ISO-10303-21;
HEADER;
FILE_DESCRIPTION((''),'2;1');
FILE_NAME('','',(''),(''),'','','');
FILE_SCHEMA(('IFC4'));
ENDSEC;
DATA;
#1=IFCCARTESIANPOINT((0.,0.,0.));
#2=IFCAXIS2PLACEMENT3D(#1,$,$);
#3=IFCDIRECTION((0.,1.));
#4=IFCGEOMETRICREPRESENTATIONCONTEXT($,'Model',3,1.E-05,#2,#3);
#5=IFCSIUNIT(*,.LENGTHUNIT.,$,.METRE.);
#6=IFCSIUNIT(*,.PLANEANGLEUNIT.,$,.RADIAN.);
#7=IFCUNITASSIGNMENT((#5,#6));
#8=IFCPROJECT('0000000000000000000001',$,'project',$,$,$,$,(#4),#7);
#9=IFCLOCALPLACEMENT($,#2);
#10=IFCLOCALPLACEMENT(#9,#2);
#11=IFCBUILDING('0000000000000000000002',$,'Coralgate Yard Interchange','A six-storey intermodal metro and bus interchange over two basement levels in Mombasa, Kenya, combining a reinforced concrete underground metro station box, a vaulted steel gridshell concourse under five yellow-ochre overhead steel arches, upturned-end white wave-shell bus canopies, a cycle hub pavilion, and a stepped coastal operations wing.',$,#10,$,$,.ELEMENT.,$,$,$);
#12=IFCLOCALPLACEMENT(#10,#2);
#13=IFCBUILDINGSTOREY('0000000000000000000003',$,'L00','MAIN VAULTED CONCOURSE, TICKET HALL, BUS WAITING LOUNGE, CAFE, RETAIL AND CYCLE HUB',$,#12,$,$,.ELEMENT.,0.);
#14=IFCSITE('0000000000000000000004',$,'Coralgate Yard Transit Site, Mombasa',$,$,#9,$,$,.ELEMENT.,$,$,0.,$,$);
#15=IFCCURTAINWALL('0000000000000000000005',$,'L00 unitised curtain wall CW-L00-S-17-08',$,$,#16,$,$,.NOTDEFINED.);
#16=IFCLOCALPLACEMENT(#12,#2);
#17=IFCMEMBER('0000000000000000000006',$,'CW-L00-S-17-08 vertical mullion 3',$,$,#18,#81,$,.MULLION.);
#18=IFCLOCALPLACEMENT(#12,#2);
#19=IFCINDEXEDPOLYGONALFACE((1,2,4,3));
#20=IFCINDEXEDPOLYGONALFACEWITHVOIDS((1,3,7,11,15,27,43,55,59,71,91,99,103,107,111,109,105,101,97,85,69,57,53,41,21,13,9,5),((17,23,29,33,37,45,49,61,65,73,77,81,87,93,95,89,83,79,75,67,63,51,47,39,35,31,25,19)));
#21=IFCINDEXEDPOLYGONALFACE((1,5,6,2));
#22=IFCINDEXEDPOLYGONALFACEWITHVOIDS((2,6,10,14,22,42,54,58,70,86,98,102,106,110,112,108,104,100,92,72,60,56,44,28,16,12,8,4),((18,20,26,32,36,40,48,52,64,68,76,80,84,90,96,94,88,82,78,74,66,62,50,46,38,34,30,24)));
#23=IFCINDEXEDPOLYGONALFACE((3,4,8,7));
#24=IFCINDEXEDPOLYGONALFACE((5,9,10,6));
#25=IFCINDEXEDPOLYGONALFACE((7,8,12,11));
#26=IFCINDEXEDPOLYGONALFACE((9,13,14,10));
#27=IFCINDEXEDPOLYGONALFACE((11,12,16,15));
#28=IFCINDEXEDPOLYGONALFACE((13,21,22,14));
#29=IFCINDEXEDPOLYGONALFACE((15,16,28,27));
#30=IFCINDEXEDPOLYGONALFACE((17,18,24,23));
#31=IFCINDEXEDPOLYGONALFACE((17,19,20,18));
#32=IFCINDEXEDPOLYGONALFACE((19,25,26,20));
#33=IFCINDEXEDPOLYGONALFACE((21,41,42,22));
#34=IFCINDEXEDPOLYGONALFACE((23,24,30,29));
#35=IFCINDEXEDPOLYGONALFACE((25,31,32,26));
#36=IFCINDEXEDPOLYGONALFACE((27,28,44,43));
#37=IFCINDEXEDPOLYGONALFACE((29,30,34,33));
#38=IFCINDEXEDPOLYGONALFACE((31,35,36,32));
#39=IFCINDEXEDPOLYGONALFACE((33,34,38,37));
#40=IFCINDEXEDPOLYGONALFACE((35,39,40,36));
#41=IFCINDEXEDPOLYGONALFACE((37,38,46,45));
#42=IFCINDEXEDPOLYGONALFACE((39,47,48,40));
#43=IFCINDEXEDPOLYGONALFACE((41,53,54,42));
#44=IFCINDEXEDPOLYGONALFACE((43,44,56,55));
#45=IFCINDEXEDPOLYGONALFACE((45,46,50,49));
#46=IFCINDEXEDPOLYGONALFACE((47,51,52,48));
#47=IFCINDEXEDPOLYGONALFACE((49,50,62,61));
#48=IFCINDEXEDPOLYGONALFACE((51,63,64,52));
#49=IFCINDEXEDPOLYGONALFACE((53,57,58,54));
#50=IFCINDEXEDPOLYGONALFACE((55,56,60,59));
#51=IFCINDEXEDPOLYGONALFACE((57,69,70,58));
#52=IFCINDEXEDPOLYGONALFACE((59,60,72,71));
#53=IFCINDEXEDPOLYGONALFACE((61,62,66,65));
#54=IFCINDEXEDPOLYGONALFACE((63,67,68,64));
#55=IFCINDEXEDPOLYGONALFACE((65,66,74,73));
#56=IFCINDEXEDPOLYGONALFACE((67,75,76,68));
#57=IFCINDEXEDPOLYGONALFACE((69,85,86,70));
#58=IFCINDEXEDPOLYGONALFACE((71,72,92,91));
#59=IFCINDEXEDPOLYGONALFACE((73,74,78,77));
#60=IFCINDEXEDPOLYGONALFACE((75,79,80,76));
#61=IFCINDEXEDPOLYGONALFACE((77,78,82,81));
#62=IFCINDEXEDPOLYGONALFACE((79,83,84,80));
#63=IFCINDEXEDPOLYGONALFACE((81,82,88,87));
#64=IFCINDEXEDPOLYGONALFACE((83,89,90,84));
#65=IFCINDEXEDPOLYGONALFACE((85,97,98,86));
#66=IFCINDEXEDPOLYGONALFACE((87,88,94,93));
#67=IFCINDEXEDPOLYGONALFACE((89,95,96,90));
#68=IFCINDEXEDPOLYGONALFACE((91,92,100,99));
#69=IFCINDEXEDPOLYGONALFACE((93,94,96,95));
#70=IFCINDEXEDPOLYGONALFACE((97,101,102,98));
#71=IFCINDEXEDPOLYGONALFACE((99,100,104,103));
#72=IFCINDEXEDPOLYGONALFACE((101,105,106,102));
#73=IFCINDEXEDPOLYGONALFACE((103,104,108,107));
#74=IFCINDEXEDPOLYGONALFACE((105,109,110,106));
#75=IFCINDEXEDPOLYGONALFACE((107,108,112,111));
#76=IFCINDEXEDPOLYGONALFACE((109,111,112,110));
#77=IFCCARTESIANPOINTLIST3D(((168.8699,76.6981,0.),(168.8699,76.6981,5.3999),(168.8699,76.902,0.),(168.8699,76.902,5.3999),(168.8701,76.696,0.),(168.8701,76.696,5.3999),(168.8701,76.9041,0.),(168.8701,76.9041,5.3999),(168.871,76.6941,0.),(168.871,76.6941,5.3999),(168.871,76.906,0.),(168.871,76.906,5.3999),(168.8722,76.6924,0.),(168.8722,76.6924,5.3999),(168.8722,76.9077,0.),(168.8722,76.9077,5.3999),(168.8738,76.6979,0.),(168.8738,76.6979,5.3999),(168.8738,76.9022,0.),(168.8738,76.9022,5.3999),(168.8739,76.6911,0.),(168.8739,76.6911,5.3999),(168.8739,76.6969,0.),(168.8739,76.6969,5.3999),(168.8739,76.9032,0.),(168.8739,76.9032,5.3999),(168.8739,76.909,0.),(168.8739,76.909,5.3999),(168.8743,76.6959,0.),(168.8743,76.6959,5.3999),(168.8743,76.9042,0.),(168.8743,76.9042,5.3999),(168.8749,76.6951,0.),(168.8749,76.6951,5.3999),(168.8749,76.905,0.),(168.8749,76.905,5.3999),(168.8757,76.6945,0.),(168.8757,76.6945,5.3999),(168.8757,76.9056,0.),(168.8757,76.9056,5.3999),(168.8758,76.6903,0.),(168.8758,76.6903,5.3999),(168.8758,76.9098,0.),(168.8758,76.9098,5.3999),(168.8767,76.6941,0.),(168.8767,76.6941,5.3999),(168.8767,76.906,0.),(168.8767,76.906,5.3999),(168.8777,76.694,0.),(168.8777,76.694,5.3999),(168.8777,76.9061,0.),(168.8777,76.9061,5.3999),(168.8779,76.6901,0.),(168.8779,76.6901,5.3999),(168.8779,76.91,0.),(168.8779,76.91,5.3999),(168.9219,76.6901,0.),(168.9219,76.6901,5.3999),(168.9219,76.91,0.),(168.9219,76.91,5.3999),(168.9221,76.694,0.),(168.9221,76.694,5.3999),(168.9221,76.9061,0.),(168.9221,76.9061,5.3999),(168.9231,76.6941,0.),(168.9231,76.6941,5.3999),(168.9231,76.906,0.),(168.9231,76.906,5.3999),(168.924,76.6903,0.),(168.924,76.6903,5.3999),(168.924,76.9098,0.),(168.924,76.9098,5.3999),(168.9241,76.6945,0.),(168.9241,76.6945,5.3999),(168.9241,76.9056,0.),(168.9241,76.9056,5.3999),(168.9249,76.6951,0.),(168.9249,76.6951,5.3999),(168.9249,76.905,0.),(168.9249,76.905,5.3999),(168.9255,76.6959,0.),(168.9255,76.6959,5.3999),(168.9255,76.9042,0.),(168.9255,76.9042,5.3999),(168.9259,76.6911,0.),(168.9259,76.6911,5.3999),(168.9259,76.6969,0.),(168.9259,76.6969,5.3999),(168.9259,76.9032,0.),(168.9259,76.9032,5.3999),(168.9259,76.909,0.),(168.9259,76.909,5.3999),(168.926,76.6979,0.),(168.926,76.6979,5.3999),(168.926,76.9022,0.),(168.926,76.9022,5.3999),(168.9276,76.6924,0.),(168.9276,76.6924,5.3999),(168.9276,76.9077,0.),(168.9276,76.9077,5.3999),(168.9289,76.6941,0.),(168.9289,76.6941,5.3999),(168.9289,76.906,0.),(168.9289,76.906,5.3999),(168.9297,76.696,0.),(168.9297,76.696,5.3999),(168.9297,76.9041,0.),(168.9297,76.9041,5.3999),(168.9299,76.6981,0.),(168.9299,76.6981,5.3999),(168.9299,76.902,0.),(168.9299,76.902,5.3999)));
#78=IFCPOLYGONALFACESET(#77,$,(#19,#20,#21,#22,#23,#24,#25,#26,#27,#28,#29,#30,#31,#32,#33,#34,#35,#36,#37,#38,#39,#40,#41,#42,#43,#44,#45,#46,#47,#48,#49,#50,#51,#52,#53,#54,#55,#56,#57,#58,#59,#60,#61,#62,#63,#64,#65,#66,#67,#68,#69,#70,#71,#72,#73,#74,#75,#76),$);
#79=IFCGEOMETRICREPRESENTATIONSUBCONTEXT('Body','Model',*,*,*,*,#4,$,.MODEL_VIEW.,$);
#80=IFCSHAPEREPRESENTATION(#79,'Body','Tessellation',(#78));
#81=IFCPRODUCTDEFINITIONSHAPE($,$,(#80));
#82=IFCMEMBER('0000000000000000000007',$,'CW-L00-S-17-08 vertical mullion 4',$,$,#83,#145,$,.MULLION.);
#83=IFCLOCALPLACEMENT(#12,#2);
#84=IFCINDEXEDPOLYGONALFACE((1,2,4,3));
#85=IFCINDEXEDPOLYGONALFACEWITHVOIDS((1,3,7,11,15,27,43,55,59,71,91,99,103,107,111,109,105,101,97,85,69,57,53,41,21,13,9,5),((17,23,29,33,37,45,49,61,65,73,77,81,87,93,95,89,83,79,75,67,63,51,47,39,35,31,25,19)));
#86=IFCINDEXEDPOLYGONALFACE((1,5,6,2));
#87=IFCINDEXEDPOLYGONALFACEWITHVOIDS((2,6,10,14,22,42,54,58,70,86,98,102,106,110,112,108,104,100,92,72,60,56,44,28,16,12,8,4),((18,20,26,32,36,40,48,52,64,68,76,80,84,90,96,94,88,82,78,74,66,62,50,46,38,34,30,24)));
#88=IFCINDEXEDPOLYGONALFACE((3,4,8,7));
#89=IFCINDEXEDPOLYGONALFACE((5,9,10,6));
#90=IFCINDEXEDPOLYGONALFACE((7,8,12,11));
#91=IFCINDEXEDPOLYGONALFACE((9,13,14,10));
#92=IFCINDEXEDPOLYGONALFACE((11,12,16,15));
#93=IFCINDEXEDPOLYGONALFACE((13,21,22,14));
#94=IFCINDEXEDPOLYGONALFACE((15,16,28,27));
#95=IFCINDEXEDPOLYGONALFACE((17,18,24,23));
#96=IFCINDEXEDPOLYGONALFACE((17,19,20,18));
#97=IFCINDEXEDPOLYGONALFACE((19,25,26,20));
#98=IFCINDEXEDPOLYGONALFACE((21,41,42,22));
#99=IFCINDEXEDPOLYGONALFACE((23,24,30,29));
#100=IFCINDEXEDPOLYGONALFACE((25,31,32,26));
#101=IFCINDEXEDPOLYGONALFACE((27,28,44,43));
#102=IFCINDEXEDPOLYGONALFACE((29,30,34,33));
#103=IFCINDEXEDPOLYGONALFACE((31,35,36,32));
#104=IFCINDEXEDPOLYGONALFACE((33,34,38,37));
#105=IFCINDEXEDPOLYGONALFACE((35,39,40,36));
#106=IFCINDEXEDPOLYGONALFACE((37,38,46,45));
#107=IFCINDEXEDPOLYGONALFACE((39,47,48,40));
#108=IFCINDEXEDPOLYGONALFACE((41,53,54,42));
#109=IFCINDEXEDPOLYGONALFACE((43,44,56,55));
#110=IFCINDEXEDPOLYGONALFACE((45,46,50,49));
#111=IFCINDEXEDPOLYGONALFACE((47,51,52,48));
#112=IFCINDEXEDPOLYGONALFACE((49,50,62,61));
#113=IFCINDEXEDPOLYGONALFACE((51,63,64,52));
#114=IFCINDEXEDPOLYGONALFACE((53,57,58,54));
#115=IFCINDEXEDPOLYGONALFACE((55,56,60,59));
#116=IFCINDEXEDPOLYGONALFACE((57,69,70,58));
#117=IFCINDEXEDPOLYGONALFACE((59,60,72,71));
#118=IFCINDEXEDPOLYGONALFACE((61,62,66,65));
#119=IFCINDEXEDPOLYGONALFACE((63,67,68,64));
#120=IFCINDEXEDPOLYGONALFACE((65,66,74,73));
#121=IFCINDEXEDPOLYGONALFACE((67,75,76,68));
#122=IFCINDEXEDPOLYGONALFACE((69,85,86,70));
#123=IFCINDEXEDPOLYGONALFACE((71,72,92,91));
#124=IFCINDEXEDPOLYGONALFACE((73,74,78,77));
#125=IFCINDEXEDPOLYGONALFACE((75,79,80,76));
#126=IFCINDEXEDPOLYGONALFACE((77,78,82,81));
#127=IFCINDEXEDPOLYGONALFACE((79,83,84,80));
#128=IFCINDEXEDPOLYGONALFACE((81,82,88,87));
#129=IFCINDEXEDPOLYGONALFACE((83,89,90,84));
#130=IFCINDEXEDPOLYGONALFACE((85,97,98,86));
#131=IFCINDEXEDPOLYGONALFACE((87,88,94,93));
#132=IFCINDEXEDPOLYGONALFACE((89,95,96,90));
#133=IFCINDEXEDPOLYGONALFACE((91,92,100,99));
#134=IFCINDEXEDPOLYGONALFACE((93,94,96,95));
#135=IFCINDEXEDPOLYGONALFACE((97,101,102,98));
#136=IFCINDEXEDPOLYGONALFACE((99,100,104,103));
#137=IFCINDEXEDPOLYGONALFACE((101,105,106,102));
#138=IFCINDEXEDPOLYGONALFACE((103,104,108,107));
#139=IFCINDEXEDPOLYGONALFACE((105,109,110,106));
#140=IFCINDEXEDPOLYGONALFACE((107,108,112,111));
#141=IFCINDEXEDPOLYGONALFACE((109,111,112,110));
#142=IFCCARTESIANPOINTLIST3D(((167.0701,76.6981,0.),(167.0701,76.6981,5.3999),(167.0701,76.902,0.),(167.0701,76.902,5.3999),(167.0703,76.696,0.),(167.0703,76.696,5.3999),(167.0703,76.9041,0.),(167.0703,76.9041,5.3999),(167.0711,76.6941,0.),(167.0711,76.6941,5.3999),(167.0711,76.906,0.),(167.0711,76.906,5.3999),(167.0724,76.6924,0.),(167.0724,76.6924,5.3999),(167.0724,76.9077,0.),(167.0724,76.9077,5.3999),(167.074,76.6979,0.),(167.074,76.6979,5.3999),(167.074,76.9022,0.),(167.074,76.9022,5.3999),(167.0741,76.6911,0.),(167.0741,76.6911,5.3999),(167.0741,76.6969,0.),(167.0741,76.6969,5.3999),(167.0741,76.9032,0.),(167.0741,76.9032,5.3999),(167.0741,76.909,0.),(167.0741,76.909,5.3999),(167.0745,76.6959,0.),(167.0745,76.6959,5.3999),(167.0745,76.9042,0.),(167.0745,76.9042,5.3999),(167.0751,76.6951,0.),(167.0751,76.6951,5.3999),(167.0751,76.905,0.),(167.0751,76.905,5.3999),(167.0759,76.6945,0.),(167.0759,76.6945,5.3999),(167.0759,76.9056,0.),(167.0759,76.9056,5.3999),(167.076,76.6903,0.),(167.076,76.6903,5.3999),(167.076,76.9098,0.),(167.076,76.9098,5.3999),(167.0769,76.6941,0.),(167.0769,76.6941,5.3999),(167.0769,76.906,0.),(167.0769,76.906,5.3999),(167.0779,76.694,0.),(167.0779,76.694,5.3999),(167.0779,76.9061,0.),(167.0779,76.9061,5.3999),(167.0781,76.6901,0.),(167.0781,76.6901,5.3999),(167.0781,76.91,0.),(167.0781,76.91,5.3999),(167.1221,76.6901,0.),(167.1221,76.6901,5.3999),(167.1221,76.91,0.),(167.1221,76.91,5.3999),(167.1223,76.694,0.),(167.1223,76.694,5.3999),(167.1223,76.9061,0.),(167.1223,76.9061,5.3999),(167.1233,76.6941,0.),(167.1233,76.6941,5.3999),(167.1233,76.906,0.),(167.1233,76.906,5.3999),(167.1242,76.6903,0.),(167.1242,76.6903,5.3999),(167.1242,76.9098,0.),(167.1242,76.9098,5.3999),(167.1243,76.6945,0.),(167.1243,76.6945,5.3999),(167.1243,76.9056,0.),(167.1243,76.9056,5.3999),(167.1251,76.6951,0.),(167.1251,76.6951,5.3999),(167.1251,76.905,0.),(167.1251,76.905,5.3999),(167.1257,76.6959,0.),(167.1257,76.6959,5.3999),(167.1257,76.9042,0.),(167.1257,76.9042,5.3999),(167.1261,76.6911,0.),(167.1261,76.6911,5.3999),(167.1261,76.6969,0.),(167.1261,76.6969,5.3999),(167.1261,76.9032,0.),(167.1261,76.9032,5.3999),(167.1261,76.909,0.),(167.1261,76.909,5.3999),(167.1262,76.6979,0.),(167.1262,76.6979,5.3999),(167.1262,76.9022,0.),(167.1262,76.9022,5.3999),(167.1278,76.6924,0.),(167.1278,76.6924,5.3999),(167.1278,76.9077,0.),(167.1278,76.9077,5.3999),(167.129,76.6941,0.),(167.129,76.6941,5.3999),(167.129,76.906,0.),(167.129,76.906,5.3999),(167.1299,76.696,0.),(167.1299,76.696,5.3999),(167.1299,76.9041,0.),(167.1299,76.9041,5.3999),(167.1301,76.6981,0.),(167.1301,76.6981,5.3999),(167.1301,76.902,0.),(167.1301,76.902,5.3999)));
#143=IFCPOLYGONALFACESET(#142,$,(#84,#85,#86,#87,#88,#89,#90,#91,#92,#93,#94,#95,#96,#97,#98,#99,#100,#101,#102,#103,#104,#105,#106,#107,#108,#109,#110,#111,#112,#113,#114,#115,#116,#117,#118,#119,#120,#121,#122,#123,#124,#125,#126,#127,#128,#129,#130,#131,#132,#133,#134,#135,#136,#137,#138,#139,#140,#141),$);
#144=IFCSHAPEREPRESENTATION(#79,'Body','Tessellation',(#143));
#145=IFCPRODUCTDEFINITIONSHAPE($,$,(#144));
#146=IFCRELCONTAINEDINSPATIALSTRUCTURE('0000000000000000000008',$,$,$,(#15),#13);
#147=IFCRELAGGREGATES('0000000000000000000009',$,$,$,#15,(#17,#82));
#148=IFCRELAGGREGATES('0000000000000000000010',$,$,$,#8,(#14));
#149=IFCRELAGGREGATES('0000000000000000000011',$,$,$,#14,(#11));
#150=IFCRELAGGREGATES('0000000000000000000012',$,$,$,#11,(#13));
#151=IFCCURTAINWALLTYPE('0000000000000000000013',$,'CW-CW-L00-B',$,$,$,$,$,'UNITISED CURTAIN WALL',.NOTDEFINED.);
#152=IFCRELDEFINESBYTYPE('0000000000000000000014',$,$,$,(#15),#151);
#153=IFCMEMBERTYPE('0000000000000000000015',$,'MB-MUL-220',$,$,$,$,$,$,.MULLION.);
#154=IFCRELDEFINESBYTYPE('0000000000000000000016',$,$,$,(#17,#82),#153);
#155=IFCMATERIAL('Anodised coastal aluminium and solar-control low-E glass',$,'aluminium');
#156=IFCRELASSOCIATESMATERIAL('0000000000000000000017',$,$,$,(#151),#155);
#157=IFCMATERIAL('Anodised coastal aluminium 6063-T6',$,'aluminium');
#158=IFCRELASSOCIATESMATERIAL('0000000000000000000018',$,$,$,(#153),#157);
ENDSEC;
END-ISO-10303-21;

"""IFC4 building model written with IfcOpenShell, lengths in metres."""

from ifc_helpers import new_model, si_unit, direction, frame, origin, origin_2d, place, context, subcontext, project, spatial, hollow_rectangle, extrude, material, material_profile, profile_set, type_object, element, aggregate, save


model = new_model("IFC4")

# Units and contexts
model_context = context("Model", 3, precision=1e-05, world=origin(), true_north=direction((0.0, 1.0)))
body_context = subcontext(model_context, "Body", "Model", "MODEL_VIEW")
ifc_project = project(units=[si_unit("LENGTHUNIT", "METRE"), si_unit("PLANEANGLEUNIT", "RADIAN")], contexts=[model_context])

# Site, building, storey
site_placement = place(None, origin())
site = spatial("IfcSite", under=ifc_project, at=site_placement, Name="Coralgate Yard Transit Site, Mombasa", CompositionType="ELEMENT", RefElevation=0.0)
building_placement = place(site_placement, origin())
building = spatial("IfcBuilding", under=site, at=building_placement, Name="Coralgate Yard Interchange", Description="A six-storey intermodal metro and bus interchange over two basement levels in Mombasa, Kenya, combining a reinforced concrete underground metro station box, a vaulted steel gridshell concourse under five yellow-ochre overhead steel arches, upturned-end white wave-shell bus canopies, a cycle hub pavilion, and a stepped coastal operations wing.", CompositionType="ELEMENT")
storey_placement = place(building_placement, origin())
storey = spatial("IfcBuildingStorey", under=building, at=storey_placement, Name="L00", Description="MAIN VAULTED CONCOURSE, TICKET HALL, BUS WAITING LOUNGE, CAFE, RETAIL AND CYCLE HUB", CompositionType="ELEMENT", Elevation=0.0)

# Curtain wall, members
ifc_material_1 = material(Name="Anodised coastal aluminium and solar-control low-E glass", Category="aluminium")
curtain_wall_type = type_object("IfcCurtainWallType", Name="CW-CW-L00-B", ElementType="UNITISED CURTAIN WALL", PredefinedType="NOTDEFINED", material=ifc_material_1)
curtain_wall_placement = place(storey_placement, origin())
curtain_wall = element("IfcCurtainWall", 1, at=curtain_wall_placement, inside=storey, type_object=curtain_wall_type, Name="L00 unitised curtain wall CW-L00-S-17-08", PredefinedType="NOTDEFINED")
ifc_material_2 = material(Name="Anodised coastal aluminium 6063-T6", Category="aluminium")
ifc_material_profile_1 = material_profile(ifc_material_2, hollow_rectangle(XDim=0.0601, YDim=0.22, WallThickness=0.0039, InnerFilletRadius=0.0039, OuterFilletRadius=0.0081, at=origin_2d()), Name="ALU 60x220x4")
ifc_profile_set_1 = profile_set([ifc_material_profile_1], Name="Anodised coastal aluminium 6063-T6")
member_type_1 = type_object("IfcMemberType", Name="MB-MUL-220", PredefinedType="MULLION", material=ifc_profile_set_1)
member_1_placement = place(storey_placement, frame((168.8999, 76.8, 0.0), z_axis=(0.0, 0.0, 1.0), x_axis=(1.0, 0.0, 0.0)))
member_1 = element("IfcMember", 2, at=member_1_placement, type_object=member_type_1, Name="CW-L00-S-17-08 vertical mullion 3", PredefinedType="MULLION", context=body_context, shape_type="SweptSolid", body=[
    extrude(hollow_rectangle(XDim=0.0601, YDim=0.22, WallThickness=0.0039, InnerFilletRadius=0.0039, OuterFilletRadius=0.0081, at=origin_2d()), origin(), (0.0, 0.0, 1.0), 5.3999),
])
member_2_placement = place(storey_placement, frame((167.1001, 76.8, 0.0), z_axis=(0.0, 0.0, 1.0), x_axis=(1.0, 0.0, 0.0)))
member_2 = element("IfcMember", 3, at=member_2_placement, type_object=member_type_1, Name="CW-L00-S-17-08 vertical mullion 4", PredefinedType="MULLION", context=body_context, shape_type="SweptSolid", body=[
    extrude(hollow_rectangle(XDim=0.0601, YDim=0.22, WallThickness=0.0039, InnerFilletRadius=0.0039, OuterFilletRadius=0.0081, at=origin_2d()), origin(), (0.0, 0.0, 1.0), 5.3999),
])
aggregate(curtain_wall, [member_1, member_2])

save(model, "model.ifc")
